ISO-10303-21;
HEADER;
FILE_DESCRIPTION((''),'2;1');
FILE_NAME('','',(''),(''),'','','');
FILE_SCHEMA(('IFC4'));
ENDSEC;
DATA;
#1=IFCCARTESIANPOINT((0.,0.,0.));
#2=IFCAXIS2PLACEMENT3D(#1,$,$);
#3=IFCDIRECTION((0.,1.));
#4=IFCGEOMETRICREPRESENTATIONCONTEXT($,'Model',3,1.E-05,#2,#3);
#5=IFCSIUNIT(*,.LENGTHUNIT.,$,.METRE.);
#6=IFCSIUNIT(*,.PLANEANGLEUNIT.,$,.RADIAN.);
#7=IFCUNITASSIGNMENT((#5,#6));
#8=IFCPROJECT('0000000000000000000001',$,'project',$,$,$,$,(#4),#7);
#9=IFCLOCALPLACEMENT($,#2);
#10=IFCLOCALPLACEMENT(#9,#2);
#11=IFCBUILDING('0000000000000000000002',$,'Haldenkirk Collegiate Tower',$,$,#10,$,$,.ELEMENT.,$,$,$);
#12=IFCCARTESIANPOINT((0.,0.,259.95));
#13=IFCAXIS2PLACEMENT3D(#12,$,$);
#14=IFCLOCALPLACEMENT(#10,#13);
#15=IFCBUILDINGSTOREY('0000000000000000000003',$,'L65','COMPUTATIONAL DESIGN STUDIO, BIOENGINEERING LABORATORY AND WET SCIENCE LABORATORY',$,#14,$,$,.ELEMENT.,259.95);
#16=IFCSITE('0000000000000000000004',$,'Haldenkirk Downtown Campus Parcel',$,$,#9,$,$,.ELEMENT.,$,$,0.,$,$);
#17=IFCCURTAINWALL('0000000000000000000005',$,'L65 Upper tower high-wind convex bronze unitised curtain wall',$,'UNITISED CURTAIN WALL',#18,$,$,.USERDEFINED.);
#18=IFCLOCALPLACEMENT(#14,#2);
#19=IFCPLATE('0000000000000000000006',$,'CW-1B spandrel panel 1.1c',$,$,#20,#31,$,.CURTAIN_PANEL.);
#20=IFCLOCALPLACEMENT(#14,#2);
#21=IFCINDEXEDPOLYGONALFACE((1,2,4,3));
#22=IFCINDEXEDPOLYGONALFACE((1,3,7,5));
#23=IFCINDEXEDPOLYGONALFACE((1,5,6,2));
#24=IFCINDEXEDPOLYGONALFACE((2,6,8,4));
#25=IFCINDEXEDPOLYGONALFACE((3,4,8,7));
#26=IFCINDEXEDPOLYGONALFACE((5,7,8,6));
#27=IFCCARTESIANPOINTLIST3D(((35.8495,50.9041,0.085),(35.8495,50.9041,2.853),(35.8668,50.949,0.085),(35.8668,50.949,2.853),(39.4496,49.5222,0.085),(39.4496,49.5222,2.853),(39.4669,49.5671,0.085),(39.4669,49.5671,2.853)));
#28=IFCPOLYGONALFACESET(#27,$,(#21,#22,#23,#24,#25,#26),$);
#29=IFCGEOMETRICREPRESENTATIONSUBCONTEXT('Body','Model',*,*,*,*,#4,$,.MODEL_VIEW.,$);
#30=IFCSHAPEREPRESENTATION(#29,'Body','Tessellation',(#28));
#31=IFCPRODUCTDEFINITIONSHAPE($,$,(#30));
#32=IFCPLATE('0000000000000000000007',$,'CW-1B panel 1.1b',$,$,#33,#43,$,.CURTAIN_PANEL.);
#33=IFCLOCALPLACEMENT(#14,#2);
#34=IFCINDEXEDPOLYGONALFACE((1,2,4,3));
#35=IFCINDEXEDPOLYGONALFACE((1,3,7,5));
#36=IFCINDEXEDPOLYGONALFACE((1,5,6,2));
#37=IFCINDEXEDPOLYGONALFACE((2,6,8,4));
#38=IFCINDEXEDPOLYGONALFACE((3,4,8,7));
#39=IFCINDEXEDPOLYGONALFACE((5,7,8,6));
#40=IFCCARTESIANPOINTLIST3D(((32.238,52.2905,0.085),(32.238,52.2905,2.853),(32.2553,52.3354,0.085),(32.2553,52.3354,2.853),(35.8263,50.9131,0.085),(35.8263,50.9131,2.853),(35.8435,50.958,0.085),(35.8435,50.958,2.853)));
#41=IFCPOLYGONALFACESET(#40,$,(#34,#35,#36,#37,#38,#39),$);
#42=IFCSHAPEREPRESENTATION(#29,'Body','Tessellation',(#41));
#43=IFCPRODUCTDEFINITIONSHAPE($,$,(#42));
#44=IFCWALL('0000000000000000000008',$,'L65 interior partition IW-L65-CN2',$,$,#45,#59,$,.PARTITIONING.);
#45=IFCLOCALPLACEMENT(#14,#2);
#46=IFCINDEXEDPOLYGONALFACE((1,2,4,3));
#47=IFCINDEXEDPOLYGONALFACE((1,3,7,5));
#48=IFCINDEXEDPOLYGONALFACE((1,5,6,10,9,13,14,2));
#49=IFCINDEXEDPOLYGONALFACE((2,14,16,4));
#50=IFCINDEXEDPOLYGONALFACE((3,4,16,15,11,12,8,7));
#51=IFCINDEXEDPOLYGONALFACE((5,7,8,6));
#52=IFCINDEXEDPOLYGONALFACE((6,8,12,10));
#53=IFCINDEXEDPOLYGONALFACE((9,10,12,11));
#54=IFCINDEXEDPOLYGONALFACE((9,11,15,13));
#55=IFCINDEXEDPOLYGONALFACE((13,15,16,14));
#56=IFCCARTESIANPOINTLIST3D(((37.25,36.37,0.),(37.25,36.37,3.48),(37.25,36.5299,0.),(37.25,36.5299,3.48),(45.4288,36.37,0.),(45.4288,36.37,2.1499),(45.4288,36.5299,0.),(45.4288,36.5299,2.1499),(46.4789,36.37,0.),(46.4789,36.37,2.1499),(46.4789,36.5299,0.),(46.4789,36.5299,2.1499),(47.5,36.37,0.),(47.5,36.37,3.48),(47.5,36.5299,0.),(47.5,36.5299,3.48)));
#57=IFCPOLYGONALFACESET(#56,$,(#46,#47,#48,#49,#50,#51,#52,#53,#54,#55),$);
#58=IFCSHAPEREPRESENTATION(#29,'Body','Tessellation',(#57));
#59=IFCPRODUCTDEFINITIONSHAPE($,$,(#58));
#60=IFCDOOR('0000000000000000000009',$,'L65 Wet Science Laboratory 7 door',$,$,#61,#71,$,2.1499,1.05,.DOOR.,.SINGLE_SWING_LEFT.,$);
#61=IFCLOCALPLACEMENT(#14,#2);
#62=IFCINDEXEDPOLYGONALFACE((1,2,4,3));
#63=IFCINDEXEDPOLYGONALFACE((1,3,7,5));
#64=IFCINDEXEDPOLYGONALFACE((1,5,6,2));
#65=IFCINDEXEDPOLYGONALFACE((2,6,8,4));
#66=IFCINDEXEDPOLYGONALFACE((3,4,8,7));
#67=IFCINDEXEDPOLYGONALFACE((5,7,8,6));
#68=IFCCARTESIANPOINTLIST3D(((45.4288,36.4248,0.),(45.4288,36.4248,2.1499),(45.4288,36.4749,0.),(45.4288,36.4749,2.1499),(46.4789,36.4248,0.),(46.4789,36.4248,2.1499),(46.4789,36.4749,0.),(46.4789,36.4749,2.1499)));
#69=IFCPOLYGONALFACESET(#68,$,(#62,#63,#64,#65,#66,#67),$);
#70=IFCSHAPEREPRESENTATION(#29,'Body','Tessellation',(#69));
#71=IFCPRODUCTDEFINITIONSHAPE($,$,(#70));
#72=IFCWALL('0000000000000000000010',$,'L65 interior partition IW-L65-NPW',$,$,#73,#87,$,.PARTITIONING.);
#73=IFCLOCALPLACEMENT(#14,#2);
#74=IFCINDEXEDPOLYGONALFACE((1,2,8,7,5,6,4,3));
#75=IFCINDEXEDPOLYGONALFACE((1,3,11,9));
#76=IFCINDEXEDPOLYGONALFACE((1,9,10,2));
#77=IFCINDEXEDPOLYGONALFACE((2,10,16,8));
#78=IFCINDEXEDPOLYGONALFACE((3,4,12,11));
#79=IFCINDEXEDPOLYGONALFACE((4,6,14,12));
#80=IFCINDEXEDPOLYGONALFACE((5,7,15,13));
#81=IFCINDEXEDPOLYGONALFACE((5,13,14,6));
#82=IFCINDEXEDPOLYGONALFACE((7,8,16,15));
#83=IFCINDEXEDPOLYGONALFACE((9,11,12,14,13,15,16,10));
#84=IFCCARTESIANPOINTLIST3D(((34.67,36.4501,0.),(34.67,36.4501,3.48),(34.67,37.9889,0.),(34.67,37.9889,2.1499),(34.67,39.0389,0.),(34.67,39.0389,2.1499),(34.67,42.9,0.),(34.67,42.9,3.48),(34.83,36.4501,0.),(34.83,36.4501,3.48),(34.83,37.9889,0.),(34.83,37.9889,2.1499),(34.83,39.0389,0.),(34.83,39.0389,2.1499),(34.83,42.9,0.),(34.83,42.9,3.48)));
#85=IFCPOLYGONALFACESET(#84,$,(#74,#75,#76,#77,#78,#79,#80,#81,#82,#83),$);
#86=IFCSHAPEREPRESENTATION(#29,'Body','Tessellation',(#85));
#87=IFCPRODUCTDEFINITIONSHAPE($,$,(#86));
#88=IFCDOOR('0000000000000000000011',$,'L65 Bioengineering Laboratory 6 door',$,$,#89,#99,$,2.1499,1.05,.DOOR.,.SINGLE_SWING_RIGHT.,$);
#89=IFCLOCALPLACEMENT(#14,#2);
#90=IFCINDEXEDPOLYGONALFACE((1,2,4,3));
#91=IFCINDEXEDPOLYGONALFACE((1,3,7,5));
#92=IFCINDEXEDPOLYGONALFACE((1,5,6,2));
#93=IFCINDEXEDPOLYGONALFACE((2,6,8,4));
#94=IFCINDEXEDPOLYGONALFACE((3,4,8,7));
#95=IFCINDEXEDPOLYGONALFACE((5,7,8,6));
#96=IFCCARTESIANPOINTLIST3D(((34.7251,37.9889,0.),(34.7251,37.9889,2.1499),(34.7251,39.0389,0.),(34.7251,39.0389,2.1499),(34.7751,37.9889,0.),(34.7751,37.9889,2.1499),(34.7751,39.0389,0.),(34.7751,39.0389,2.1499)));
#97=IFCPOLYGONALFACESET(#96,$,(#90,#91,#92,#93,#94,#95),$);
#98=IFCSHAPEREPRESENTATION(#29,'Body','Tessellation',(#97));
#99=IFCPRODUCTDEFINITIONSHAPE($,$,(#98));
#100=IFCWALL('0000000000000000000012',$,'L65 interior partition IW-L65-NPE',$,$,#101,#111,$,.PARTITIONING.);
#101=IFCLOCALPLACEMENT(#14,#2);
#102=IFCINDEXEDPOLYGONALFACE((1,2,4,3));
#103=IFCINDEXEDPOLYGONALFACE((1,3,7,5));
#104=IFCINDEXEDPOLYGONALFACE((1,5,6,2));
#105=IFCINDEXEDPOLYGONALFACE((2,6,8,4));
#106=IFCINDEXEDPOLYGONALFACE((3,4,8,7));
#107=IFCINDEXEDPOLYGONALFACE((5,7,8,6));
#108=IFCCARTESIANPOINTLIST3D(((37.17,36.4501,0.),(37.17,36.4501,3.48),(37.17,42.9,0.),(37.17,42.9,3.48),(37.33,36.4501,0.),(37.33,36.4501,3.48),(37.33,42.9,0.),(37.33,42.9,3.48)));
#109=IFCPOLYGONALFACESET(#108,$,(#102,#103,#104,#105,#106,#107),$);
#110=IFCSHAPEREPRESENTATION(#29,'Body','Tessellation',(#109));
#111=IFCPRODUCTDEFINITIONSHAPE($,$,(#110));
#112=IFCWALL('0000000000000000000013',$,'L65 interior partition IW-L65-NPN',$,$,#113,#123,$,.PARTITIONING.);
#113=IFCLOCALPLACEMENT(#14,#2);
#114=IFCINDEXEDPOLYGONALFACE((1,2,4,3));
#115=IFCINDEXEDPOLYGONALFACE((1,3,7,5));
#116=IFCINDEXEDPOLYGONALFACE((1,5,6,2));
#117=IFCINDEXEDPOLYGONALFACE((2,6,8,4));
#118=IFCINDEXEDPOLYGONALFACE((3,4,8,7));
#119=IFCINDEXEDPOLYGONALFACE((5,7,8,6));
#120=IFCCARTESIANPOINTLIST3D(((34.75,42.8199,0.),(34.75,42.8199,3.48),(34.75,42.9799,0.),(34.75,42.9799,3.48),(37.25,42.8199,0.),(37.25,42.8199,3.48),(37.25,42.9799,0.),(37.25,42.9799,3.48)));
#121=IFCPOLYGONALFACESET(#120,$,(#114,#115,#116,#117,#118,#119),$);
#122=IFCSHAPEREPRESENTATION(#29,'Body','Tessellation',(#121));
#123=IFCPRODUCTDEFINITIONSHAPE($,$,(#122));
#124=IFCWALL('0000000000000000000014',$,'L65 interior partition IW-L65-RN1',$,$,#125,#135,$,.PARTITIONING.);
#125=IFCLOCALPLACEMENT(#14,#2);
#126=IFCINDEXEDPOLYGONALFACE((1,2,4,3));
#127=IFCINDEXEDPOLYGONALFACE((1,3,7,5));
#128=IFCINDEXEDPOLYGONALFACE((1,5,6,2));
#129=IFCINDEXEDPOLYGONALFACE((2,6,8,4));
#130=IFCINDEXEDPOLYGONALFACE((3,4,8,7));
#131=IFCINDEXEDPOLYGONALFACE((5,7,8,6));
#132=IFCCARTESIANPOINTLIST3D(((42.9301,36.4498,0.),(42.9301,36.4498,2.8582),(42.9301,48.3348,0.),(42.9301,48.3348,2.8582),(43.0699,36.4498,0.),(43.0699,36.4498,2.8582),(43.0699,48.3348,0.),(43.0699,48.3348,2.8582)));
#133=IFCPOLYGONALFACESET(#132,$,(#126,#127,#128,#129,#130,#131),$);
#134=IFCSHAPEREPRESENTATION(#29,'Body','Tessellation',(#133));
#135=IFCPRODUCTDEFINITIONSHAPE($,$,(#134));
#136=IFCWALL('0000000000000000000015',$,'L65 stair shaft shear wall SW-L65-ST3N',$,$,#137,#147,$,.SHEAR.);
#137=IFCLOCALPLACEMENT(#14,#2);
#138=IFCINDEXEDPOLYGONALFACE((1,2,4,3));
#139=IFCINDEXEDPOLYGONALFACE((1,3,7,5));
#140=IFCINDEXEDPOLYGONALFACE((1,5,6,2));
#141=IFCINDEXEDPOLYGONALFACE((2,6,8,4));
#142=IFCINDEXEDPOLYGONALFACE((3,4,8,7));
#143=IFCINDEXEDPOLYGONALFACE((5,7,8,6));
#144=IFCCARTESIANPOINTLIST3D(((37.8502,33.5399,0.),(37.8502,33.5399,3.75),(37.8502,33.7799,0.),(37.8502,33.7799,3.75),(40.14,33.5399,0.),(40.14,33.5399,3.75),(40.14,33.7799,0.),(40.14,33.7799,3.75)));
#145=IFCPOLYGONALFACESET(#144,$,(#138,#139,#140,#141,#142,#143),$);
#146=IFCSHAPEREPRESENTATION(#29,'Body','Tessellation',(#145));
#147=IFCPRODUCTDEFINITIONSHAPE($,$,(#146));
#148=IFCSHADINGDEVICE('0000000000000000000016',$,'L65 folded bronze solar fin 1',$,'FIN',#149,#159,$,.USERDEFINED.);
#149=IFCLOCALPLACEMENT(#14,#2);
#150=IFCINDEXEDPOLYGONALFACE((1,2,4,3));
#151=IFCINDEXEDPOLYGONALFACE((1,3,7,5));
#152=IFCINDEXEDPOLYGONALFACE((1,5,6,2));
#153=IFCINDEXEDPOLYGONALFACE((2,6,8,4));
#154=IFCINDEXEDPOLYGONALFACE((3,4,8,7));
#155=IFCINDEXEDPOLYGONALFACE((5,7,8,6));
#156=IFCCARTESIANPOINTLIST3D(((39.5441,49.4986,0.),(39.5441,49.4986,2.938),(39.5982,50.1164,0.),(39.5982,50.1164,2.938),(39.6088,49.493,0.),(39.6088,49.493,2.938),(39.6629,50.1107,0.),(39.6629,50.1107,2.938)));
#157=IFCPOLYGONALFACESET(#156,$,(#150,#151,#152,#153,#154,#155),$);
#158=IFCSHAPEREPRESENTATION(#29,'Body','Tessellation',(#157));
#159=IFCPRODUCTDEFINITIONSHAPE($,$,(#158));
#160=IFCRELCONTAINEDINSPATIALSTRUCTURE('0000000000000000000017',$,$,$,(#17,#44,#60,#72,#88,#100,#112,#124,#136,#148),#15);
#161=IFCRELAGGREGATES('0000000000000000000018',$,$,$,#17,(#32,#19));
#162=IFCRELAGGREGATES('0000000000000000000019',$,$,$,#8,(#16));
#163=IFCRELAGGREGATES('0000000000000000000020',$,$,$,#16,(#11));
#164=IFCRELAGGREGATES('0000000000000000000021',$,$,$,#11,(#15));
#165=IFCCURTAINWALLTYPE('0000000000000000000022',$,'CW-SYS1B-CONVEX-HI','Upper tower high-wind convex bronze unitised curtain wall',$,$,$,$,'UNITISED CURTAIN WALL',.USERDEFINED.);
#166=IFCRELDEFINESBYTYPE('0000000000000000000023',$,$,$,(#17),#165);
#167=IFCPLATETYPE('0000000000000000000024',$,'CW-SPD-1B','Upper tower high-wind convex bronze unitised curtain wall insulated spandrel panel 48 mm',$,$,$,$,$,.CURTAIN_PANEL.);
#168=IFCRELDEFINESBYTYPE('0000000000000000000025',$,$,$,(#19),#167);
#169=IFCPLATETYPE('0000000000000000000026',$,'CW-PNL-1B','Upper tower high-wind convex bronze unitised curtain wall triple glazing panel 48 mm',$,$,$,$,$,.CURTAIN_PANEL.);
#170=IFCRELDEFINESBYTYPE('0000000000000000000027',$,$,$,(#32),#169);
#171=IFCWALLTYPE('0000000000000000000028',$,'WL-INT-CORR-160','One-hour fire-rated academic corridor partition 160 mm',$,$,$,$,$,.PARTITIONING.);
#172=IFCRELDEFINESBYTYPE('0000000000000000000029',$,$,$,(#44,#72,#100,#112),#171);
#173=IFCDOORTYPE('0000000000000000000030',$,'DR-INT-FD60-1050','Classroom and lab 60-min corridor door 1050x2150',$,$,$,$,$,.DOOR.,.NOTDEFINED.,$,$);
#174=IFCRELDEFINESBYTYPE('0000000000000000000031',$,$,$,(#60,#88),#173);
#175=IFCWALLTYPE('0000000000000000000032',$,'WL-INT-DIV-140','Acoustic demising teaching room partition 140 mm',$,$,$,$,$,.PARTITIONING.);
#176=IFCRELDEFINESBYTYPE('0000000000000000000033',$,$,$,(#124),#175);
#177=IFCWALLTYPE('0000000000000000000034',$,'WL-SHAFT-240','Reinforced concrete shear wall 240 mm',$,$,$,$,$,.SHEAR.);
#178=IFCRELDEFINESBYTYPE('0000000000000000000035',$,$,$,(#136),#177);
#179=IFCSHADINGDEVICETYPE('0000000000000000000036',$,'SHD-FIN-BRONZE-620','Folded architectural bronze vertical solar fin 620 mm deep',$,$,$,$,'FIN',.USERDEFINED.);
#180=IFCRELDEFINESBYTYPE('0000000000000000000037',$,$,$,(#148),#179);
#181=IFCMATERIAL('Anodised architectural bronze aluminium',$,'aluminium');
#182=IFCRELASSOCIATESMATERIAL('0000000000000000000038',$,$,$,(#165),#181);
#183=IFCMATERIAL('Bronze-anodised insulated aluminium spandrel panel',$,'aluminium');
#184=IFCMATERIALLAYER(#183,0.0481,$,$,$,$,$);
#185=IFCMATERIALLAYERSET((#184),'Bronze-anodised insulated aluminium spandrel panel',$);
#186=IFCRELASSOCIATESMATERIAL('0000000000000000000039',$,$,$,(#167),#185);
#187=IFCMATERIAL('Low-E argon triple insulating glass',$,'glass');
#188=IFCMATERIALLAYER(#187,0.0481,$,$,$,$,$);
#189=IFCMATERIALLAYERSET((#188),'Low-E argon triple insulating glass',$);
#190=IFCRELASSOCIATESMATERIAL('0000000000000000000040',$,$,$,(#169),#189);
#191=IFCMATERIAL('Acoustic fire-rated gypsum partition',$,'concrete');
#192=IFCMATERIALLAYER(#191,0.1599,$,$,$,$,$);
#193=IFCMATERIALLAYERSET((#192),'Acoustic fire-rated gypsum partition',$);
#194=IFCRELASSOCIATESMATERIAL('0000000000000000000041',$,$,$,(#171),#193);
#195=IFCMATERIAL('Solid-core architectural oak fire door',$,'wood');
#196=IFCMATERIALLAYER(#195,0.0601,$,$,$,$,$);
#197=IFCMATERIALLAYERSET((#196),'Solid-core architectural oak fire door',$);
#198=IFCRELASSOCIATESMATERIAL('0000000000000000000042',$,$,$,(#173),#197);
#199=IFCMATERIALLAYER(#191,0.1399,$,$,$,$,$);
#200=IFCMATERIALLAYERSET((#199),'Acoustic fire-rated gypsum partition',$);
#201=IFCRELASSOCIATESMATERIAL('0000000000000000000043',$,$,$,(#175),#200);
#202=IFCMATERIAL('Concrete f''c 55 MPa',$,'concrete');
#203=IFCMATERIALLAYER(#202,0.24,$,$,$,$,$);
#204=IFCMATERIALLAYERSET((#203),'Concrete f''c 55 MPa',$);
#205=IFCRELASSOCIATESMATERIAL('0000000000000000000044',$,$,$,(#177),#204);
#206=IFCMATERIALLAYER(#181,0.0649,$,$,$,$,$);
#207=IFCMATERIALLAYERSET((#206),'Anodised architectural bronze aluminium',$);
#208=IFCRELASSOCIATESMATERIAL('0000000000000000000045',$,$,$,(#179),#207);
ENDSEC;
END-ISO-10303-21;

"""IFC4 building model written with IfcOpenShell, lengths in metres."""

from ifc_helpers import new_model, si_unit, direction, frame, frame_2d, origin, origin_2d, place, context, subcontext, project, spatial, rectangle, extrude, source, transform, mapped, material, layer, layer_set, type_object, element, fill, aggregate, save


model = new_model("IFC4")

# Units and contexts
model_context = context("Model", 3, precision=1e-05, world=origin(), true_north=direction((0.0, 1.0)))
body_context = subcontext(model_context, "Body", "Model", "MODEL_VIEW")
ifc_project = project(units=[si_unit("LENGTHUNIT", "METRE"), si_unit("PLANEANGLEUNIT", "RADIAN")], contexts=[model_context])

# Site, building, storey
site_placement = place(None, origin())
site = spatial("IfcSite", under=ifc_project, at=site_placement, Name="Haldenkirk Downtown Campus Parcel", CompositionType="ELEMENT", RefElevation=0.0)
building_placement = place(site_placement, origin())
building = spatial("IfcBuilding", under=site, at=building_placement, Name="Haldenkirk Collegiate Tower", CompositionType="ELEMENT")
storey_placement = place(building_placement, frame((0.0, 0.0, 259.95)))
storey = spatial("IfcBuildingStorey", under=building, at=storey_placement, Name="L65", Description="COMPUTATIONAL DESIGN STUDIO, BIOENGINEERING LABORATORY AND WET SCIENCE LABORATORY", CompositionType="ELEMENT", Elevation=259.95)

# Curtain wall, plates
ifc_material_1 = material(Name="Anodised architectural bronze aluminium", Category="aluminium")
curtain_wall_type = type_object("IfcCurtainWallType", Name="CW-SYS1B-CONVEX-HI", Description="Upper tower high-wind convex bronze unitised curtain wall", ElementType="UNITISED CURTAIN WALL", PredefinedType="USERDEFINED", material=ifc_material_1)
curtain_wall_placement = place(storey_placement, origin())
curtain_wall = element("IfcCurtainWall", 1, at=curtain_wall_placement, inside=storey, type_object=curtain_wall_type, Name="L65 Upper tower high-wind convex bronze unitised curtain wall", ObjectType="UNITISED CURTAIN WALL", PredefinedType="USERDEFINED")
ifc_material_2 = material(Name="Bronze-anodised insulated aluminium spandrel panel", Category="aluminium")
ifc_layer_1 = layer(ifc_material_2, 0.0481)
ifc_layer_set_1 = layer_set([ifc_layer_1], Name="Bronze-anodised insulated aluminium spandrel panel")
plate_type_1 = type_object("IfcPlateType", Name="CW-SPD-1B", Description="Upper tower high-wind convex bronze unitised curtain wall insulated spandrel panel 48 mm", PredefinedType="CURTAIN_PANEL", material=ifc_layer_set_1)
ifc_material_3 = material(Name="Low-E argon triple insulating glass", Category="glass")
ifc_layer_2 = layer(ifc_material_3, 0.0481)
ifc_layer_set_2 = layer_set([ifc_layer_2], Name="Low-E argon triple insulating glass")
plate_type_2 = type_object("IfcPlateType", Name="CW-PNL-1B", Description="Upper tower high-wind convex bronze unitised curtain wall triple glazing panel 48 mm", PredefinedType="CURTAIN_PANEL", material=ifc_layer_set_2)
shared_shape_1 = source(origin(), body_context, "Body", "SweptSolid", [
    extrude(rectangle(XDim=3.8562, YDim=0.0481, at=origin_2d()), origin(), (0.0, 0.0, 1.0), 2.7681),
])
plate_1_placement = place(storey_placement, frame((37.6582, 50.2356, 0.085), z_axis=(0.0, 0.0, 1.0), x_axis=(0.93358, -0.358368, 0.0)))
plate_1 = element("IfcPlate", 2, at=plate_1_placement, type_object=plate_type_1, Name="CW-1B spandrel panel 1.1c", PredefinedType="CURTAIN_PANEL", context=body_context, shape_type="MappedRepresentation", body=[
    mapped(shared_shape_1, transform((0.0, 0.0, 0.0), x_axis=(1.0, 0.0, 0.0), y_axis=(0.0, 1.0, 0.0), z_axis=(0.0, 0.0, 1.0), scale=1.0)),
])
shared_shape_2 = source(origin(), body_context, "Body", "SweptSolid", [
    extrude(rectangle(XDim=3.8435, YDim=0.0481, at=origin_2d()), origin(), (0.0, 0.0, 1.0), 2.7681),
])
plate_2_placement = place(storey_placement, frame((34.0408, 51.6243, 0.085), z_axis=(0.0, 0.0, 1.0), x_axis=(0.93358, -0.358368, 0.0)))
plate_2 = element("IfcPlate", 3, at=plate_2_placement, type_object=plate_type_2, Name="CW-1B panel 1.1b", PredefinedType="CURTAIN_PANEL", context=body_context, shape_type="MappedRepresentation", body=[
    mapped(shared_shape_2, transform((0.0, 0.0, 0.0), x_axis=(1.0, 0.0, 0.0), y_axis=(0.0, 1.0, 0.0), z_axis=(0.0, 0.0, 1.0), scale=1.0)),
])
aggregate(curtain_wall, [plate_2, plate_1])

# Walls, openings, doors
ifc_material_4 = material(Name="Acoustic fire-rated gypsum partition", Category="concrete")
ifc_layer_3 = layer(ifc_material_4, 0.1599)
ifc_layer_set_3 = layer_set([ifc_layer_3], Name="Acoustic fire-rated gypsum partition")
wall_type_1 = type_object("IfcWallType", Name="WL-INT-CORR-160", Description="One-hour fire-rated academic corridor partition 160 mm", PredefinedType="PARTITIONING", material=ifc_layer_set_3)
wall_1_placement = place(storey_placement, frame((37.25, 36.45, 0.0), z_axis=(0.0, 0.0, 1.0), x_axis=(1.0, 0.0, 0.0)))
wall_1 = element("IfcWall", 4, at=wall_1_placement, inside=storey, type_object=wall_type_1, Name="L65 interior partition IW-L65-CN2", PredefinedType="PARTITIONING", context=body_context, shape_type="SweptSolid", body=[
    extrude(rectangle(XDim=10.25, YDim=0.1599, at=frame_2d((5.125, 0.0))), origin(), (0.0, 0.0, 1.0), 3.48),
])
opening_1_placement = place(wall_1_placement, frame((8.179, 0.0, 0.0)))
opening_1 = element("IfcOpeningElement", 5, at=opening_1_placement, cuts=wall_1, PredefinedType="OPENING", context=body_context, shape_type="SweptSolid", body=[
    extrude(rectangle(XDim=1.05, YDim=2.1499, at=frame_2d((0.5249, 1.075))), frame((0.0, 0.0898, 0.0), z_axis=(0.0, -1.0, 0.0), x_axis=(1.0, 0.0, 0.0)), (0.0, 0.0, 1.0), 0.1799),
])
ifc_material_5 = material(Name="Solid-core architectural oak fire door", Category="wood")
ifc_layer_4 = layer(ifc_material_5, 0.0601)
ifc_layer_set_4 = layer_set([ifc_layer_4], Name="Solid-core architectural oak fire door")
door_type = type_object("IfcDoorType", Name="DR-INT-FD60-1050", Description="Classroom and lab 60-min corridor door 1050x2150", OperationType="NOTDEFINED", PredefinedType="DOOR", material=ifc_layer_set_4)
door_1_placement = place(opening_1_placement, origin())
door_1 = element("IfcDoor", 6, at=door_1_placement, inside=storey, type_object=door_type, Name="L65 Wet Science Laboratory 7 door", OperationType="SINGLE_SWING_LEFT", OverallHeight=2.1499, OverallWidth=1.05, PredefinedType="DOOR", context=body_context, shape_type="SweptSolid", body=[
    extrude(rectangle(XDim=1.05, YDim=2.1499, at=frame_2d((0.5249, 1.075))), frame((0.0, 0.0249, 0.0), z_axis=(0.0, -1.0, 0.0), x_axis=(1.0, 0.0, 0.0)), (0.0, 0.0, 1.0), 0.05),
])
fill(opening_1, door_1)
wall_2_placement = place(storey_placement, frame((34.75, 36.45, 0.0), z_axis=(0.0, 0.0, 1.0), x_axis=(0.0, 1.0, 0.0)))
wall_2 = element("IfcWall", 7, at=wall_2_placement, inside=storey, type_object=wall_type_1, Name="L65 interior partition IW-L65-NPW", PredefinedType="PARTITIONING", context=body_context, shape_type="SweptSolid", body=[
    extrude(rectangle(XDim=6.45, YDim=0.1599, at=frame_2d((3.2251, 0.0))), origin(), (0.0, 0.0, 1.0), 3.48),
])
opening_2_placement = place(wall_2_placement, frame((1.5391, 0.0, 0.0)))
opening_2 = element("IfcOpeningElement", 8, at=opening_2_placement, cuts=wall_2, PredefinedType="OPENING", context=body_context, shape_type="SweptSolid", body=[
    extrude(rectangle(XDim=1.05, YDim=2.1499, at=frame_2d((0.5249, 1.075))), frame((0.0, 0.0898, 0.0), z_axis=(0.0, -1.0, 0.0), x_axis=(1.0, 0.0, 0.0)), (0.0, 0.0, 1.0), 0.1799),
])
door_2_placement = place(opening_2_placement, origin())
door_2 = element("IfcDoor", 9, at=door_2_placement, inside=storey, type_object=door_type, Name="L65 Bioengineering Laboratory 6 door", OperationType="SINGLE_SWING_RIGHT", OverallHeight=2.1499, OverallWidth=1.05, PredefinedType="DOOR", context=body_context, shape_type="SweptSolid", body=[
    extrude(rectangle(XDim=1.05, YDim=2.1499, at=frame_2d((0.5249, 1.075))), frame((0.0, 0.0249, 0.0), z_axis=(0.0, -1.0, 0.0), x_axis=(1.0, 0.0, 0.0)), (0.0, 0.0, 1.0), 0.05),
])
fill(opening_2, door_2)

# Walls
wall_3_placement = place(storey_placement, frame((37.25, 36.45, 0.0), z_axis=(0.0, 0.0, 1.0), x_axis=(0.0, 1.0, 0.0)))
element("IfcWall", 10, at=wall_3_placement, inside=storey, type_object=wall_type_1, Name="L65 interior partition IW-L65-NPE", PredefinedType="PARTITIONING", context=body_context, shape_type="SweptSolid", body=[
    extrude(rectangle(XDim=6.45, YDim=0.1599, at=frame_2d((3.2251, 0.0))), origin(), (0.0, 0.0, 1.0), 3.48),
])
wall_4_placement = place(storey_placement, frame((34.75, 42.8999, 0.0), z_axis=(0.0, 0.0, 1.0), x_axis=(1.0, 0.0, 0.0)))
element("IfcWall", 11, at=wall_4_placement, inside=storey, type_object=wall_type_1, Name="L65 interior partition IW-L65-NPN", PredefinedType="PARTITIONING", context=body_context, shape_type="SweptSolid", body=[
    extrude(rectangle(XDim=2.5, YDim=0.1599, at=frame_2d((1.25, 0.0))), origin(), (0.0, 0.0, 1.0), 3.48),
])
ifc_layer_5 = layer(ifc_material_4, 0.1399)
ifc_layer_set_5 = layer_set([ifc_layer_5], Name="Acoustic fire-rated gypsum partition")
wall_type_2 = type_object("IfcWallType", Name="WL-INT-DIV-140", Description="Acoustic demising teaching room partition 140 mm", PredefinedType="PARTITIONING", material=ifc_layer_set_5)
wall_5_placement = place(storey_placement, frame((43.0, 36.45, 0.0), z_axis=(0.0, 0.0, 1.0), x_axis=(0.0, 1.0, 0.0)))
element("IfcWall", 12, at=wall_5_placement, inside=storey, type_object=wall_type_2, Name="L65 interior partition IW-L65-RN1", PredefinedType="PARTITIONING", context=body_context, shape_type="SweptSolid", body=[
    extrude(rectangle(XDim=11.885, YDim=0.1399, at=frame_2d((5.9424, 0.0))), origin(), (0.0, 0.0, 1.0), 2.8582),
])
ifc_material_6 = material(Name="Concrete f'c 55 MPa", Category="concrete")
ifc_layer_6 = layer(ifc_material_6, 0.24)
ifc_layer_set_6 = layer_set([ifc_layer_6], Name="Concrete f'c 55 MPa")
wall_type_3 = type_object("IfcWallType", Name="WL-SHAFT-240", Description="Reinforced concrete shear wall 240 mm", PredefinedType="SHEAR", material=ifc_layer_set_6)
wall_6_placement = place(storey_placement, frame((37.8501, 33.6599, 0.0), z_axis=(0.0, 0.0, 1.0), x_axis=(1.0, 0.0, 0.0)))
element("IfcWall", 13, at=wall_6_placement, inside=storey, type_object=wall_type_3, Name="L65 stair shaft shear wall SW-L65-ST3N", PredefinedType="SHEAR", context=body_context, shape_type="SweptSolid", body=[
    extrude(rectangle(XDim=2.2898, YDim=0.24, at=frame_2d((1.145, 0.0))), origin(), (0.0, 0.0, 1.0), 3.75),
])

# Shading device
ifc_layer_7 = layer(ifc_material_1, 0.0649)
ifc_layer_set_7 = layer_set([ifc_layer_7], Name="Anodised architectural bronze aluminium")
shading_device_type = type_object("IfcShadingDeviceType", Name="SHD-FIN-BRONZE-620", Description="Folded architectural bronze vertical solar fin 620 mm deep", ElementType="FIN", PredefinedType="USERDEFINED", material=ifc_layer_set_7)
shared_shape_3 = source(origin(), body_context, "Body", "SweptSolid", [
    extrude(rectangle(XDim=0.6201, YDim=0.0649, at=origin_2d()), origin(), (0.0, 0.0, 1.0), 2.938),
])
shading_device_placement = place(storey_placement, frame((39.6035, 49.8047, 0.0), z_axis=(0.0, 0.0, 1.0), x_axis=(0.087156, 0.996195, 0.0)))
element("IfcShadingDevice", 14, at=shading_device_placement, inside=storey, type_object=shading_device_type, Name="L65 folded bronze solar fin 1", ObjectType="FIN", PredefinedType="USERDEFINED", context=body_context, shape_type="MappedRepresentation", body=[
    mapped(shared_shape_3, transform((0.0, 0.0, 0.0), x_axis=(1.0, 0.0, 0.0), y_axis=(0.0, 1.0, 0.0), z_axis=(0.0, 0.0, 1.0), scale=1.0)),
])

save(model, "model.ifc")
